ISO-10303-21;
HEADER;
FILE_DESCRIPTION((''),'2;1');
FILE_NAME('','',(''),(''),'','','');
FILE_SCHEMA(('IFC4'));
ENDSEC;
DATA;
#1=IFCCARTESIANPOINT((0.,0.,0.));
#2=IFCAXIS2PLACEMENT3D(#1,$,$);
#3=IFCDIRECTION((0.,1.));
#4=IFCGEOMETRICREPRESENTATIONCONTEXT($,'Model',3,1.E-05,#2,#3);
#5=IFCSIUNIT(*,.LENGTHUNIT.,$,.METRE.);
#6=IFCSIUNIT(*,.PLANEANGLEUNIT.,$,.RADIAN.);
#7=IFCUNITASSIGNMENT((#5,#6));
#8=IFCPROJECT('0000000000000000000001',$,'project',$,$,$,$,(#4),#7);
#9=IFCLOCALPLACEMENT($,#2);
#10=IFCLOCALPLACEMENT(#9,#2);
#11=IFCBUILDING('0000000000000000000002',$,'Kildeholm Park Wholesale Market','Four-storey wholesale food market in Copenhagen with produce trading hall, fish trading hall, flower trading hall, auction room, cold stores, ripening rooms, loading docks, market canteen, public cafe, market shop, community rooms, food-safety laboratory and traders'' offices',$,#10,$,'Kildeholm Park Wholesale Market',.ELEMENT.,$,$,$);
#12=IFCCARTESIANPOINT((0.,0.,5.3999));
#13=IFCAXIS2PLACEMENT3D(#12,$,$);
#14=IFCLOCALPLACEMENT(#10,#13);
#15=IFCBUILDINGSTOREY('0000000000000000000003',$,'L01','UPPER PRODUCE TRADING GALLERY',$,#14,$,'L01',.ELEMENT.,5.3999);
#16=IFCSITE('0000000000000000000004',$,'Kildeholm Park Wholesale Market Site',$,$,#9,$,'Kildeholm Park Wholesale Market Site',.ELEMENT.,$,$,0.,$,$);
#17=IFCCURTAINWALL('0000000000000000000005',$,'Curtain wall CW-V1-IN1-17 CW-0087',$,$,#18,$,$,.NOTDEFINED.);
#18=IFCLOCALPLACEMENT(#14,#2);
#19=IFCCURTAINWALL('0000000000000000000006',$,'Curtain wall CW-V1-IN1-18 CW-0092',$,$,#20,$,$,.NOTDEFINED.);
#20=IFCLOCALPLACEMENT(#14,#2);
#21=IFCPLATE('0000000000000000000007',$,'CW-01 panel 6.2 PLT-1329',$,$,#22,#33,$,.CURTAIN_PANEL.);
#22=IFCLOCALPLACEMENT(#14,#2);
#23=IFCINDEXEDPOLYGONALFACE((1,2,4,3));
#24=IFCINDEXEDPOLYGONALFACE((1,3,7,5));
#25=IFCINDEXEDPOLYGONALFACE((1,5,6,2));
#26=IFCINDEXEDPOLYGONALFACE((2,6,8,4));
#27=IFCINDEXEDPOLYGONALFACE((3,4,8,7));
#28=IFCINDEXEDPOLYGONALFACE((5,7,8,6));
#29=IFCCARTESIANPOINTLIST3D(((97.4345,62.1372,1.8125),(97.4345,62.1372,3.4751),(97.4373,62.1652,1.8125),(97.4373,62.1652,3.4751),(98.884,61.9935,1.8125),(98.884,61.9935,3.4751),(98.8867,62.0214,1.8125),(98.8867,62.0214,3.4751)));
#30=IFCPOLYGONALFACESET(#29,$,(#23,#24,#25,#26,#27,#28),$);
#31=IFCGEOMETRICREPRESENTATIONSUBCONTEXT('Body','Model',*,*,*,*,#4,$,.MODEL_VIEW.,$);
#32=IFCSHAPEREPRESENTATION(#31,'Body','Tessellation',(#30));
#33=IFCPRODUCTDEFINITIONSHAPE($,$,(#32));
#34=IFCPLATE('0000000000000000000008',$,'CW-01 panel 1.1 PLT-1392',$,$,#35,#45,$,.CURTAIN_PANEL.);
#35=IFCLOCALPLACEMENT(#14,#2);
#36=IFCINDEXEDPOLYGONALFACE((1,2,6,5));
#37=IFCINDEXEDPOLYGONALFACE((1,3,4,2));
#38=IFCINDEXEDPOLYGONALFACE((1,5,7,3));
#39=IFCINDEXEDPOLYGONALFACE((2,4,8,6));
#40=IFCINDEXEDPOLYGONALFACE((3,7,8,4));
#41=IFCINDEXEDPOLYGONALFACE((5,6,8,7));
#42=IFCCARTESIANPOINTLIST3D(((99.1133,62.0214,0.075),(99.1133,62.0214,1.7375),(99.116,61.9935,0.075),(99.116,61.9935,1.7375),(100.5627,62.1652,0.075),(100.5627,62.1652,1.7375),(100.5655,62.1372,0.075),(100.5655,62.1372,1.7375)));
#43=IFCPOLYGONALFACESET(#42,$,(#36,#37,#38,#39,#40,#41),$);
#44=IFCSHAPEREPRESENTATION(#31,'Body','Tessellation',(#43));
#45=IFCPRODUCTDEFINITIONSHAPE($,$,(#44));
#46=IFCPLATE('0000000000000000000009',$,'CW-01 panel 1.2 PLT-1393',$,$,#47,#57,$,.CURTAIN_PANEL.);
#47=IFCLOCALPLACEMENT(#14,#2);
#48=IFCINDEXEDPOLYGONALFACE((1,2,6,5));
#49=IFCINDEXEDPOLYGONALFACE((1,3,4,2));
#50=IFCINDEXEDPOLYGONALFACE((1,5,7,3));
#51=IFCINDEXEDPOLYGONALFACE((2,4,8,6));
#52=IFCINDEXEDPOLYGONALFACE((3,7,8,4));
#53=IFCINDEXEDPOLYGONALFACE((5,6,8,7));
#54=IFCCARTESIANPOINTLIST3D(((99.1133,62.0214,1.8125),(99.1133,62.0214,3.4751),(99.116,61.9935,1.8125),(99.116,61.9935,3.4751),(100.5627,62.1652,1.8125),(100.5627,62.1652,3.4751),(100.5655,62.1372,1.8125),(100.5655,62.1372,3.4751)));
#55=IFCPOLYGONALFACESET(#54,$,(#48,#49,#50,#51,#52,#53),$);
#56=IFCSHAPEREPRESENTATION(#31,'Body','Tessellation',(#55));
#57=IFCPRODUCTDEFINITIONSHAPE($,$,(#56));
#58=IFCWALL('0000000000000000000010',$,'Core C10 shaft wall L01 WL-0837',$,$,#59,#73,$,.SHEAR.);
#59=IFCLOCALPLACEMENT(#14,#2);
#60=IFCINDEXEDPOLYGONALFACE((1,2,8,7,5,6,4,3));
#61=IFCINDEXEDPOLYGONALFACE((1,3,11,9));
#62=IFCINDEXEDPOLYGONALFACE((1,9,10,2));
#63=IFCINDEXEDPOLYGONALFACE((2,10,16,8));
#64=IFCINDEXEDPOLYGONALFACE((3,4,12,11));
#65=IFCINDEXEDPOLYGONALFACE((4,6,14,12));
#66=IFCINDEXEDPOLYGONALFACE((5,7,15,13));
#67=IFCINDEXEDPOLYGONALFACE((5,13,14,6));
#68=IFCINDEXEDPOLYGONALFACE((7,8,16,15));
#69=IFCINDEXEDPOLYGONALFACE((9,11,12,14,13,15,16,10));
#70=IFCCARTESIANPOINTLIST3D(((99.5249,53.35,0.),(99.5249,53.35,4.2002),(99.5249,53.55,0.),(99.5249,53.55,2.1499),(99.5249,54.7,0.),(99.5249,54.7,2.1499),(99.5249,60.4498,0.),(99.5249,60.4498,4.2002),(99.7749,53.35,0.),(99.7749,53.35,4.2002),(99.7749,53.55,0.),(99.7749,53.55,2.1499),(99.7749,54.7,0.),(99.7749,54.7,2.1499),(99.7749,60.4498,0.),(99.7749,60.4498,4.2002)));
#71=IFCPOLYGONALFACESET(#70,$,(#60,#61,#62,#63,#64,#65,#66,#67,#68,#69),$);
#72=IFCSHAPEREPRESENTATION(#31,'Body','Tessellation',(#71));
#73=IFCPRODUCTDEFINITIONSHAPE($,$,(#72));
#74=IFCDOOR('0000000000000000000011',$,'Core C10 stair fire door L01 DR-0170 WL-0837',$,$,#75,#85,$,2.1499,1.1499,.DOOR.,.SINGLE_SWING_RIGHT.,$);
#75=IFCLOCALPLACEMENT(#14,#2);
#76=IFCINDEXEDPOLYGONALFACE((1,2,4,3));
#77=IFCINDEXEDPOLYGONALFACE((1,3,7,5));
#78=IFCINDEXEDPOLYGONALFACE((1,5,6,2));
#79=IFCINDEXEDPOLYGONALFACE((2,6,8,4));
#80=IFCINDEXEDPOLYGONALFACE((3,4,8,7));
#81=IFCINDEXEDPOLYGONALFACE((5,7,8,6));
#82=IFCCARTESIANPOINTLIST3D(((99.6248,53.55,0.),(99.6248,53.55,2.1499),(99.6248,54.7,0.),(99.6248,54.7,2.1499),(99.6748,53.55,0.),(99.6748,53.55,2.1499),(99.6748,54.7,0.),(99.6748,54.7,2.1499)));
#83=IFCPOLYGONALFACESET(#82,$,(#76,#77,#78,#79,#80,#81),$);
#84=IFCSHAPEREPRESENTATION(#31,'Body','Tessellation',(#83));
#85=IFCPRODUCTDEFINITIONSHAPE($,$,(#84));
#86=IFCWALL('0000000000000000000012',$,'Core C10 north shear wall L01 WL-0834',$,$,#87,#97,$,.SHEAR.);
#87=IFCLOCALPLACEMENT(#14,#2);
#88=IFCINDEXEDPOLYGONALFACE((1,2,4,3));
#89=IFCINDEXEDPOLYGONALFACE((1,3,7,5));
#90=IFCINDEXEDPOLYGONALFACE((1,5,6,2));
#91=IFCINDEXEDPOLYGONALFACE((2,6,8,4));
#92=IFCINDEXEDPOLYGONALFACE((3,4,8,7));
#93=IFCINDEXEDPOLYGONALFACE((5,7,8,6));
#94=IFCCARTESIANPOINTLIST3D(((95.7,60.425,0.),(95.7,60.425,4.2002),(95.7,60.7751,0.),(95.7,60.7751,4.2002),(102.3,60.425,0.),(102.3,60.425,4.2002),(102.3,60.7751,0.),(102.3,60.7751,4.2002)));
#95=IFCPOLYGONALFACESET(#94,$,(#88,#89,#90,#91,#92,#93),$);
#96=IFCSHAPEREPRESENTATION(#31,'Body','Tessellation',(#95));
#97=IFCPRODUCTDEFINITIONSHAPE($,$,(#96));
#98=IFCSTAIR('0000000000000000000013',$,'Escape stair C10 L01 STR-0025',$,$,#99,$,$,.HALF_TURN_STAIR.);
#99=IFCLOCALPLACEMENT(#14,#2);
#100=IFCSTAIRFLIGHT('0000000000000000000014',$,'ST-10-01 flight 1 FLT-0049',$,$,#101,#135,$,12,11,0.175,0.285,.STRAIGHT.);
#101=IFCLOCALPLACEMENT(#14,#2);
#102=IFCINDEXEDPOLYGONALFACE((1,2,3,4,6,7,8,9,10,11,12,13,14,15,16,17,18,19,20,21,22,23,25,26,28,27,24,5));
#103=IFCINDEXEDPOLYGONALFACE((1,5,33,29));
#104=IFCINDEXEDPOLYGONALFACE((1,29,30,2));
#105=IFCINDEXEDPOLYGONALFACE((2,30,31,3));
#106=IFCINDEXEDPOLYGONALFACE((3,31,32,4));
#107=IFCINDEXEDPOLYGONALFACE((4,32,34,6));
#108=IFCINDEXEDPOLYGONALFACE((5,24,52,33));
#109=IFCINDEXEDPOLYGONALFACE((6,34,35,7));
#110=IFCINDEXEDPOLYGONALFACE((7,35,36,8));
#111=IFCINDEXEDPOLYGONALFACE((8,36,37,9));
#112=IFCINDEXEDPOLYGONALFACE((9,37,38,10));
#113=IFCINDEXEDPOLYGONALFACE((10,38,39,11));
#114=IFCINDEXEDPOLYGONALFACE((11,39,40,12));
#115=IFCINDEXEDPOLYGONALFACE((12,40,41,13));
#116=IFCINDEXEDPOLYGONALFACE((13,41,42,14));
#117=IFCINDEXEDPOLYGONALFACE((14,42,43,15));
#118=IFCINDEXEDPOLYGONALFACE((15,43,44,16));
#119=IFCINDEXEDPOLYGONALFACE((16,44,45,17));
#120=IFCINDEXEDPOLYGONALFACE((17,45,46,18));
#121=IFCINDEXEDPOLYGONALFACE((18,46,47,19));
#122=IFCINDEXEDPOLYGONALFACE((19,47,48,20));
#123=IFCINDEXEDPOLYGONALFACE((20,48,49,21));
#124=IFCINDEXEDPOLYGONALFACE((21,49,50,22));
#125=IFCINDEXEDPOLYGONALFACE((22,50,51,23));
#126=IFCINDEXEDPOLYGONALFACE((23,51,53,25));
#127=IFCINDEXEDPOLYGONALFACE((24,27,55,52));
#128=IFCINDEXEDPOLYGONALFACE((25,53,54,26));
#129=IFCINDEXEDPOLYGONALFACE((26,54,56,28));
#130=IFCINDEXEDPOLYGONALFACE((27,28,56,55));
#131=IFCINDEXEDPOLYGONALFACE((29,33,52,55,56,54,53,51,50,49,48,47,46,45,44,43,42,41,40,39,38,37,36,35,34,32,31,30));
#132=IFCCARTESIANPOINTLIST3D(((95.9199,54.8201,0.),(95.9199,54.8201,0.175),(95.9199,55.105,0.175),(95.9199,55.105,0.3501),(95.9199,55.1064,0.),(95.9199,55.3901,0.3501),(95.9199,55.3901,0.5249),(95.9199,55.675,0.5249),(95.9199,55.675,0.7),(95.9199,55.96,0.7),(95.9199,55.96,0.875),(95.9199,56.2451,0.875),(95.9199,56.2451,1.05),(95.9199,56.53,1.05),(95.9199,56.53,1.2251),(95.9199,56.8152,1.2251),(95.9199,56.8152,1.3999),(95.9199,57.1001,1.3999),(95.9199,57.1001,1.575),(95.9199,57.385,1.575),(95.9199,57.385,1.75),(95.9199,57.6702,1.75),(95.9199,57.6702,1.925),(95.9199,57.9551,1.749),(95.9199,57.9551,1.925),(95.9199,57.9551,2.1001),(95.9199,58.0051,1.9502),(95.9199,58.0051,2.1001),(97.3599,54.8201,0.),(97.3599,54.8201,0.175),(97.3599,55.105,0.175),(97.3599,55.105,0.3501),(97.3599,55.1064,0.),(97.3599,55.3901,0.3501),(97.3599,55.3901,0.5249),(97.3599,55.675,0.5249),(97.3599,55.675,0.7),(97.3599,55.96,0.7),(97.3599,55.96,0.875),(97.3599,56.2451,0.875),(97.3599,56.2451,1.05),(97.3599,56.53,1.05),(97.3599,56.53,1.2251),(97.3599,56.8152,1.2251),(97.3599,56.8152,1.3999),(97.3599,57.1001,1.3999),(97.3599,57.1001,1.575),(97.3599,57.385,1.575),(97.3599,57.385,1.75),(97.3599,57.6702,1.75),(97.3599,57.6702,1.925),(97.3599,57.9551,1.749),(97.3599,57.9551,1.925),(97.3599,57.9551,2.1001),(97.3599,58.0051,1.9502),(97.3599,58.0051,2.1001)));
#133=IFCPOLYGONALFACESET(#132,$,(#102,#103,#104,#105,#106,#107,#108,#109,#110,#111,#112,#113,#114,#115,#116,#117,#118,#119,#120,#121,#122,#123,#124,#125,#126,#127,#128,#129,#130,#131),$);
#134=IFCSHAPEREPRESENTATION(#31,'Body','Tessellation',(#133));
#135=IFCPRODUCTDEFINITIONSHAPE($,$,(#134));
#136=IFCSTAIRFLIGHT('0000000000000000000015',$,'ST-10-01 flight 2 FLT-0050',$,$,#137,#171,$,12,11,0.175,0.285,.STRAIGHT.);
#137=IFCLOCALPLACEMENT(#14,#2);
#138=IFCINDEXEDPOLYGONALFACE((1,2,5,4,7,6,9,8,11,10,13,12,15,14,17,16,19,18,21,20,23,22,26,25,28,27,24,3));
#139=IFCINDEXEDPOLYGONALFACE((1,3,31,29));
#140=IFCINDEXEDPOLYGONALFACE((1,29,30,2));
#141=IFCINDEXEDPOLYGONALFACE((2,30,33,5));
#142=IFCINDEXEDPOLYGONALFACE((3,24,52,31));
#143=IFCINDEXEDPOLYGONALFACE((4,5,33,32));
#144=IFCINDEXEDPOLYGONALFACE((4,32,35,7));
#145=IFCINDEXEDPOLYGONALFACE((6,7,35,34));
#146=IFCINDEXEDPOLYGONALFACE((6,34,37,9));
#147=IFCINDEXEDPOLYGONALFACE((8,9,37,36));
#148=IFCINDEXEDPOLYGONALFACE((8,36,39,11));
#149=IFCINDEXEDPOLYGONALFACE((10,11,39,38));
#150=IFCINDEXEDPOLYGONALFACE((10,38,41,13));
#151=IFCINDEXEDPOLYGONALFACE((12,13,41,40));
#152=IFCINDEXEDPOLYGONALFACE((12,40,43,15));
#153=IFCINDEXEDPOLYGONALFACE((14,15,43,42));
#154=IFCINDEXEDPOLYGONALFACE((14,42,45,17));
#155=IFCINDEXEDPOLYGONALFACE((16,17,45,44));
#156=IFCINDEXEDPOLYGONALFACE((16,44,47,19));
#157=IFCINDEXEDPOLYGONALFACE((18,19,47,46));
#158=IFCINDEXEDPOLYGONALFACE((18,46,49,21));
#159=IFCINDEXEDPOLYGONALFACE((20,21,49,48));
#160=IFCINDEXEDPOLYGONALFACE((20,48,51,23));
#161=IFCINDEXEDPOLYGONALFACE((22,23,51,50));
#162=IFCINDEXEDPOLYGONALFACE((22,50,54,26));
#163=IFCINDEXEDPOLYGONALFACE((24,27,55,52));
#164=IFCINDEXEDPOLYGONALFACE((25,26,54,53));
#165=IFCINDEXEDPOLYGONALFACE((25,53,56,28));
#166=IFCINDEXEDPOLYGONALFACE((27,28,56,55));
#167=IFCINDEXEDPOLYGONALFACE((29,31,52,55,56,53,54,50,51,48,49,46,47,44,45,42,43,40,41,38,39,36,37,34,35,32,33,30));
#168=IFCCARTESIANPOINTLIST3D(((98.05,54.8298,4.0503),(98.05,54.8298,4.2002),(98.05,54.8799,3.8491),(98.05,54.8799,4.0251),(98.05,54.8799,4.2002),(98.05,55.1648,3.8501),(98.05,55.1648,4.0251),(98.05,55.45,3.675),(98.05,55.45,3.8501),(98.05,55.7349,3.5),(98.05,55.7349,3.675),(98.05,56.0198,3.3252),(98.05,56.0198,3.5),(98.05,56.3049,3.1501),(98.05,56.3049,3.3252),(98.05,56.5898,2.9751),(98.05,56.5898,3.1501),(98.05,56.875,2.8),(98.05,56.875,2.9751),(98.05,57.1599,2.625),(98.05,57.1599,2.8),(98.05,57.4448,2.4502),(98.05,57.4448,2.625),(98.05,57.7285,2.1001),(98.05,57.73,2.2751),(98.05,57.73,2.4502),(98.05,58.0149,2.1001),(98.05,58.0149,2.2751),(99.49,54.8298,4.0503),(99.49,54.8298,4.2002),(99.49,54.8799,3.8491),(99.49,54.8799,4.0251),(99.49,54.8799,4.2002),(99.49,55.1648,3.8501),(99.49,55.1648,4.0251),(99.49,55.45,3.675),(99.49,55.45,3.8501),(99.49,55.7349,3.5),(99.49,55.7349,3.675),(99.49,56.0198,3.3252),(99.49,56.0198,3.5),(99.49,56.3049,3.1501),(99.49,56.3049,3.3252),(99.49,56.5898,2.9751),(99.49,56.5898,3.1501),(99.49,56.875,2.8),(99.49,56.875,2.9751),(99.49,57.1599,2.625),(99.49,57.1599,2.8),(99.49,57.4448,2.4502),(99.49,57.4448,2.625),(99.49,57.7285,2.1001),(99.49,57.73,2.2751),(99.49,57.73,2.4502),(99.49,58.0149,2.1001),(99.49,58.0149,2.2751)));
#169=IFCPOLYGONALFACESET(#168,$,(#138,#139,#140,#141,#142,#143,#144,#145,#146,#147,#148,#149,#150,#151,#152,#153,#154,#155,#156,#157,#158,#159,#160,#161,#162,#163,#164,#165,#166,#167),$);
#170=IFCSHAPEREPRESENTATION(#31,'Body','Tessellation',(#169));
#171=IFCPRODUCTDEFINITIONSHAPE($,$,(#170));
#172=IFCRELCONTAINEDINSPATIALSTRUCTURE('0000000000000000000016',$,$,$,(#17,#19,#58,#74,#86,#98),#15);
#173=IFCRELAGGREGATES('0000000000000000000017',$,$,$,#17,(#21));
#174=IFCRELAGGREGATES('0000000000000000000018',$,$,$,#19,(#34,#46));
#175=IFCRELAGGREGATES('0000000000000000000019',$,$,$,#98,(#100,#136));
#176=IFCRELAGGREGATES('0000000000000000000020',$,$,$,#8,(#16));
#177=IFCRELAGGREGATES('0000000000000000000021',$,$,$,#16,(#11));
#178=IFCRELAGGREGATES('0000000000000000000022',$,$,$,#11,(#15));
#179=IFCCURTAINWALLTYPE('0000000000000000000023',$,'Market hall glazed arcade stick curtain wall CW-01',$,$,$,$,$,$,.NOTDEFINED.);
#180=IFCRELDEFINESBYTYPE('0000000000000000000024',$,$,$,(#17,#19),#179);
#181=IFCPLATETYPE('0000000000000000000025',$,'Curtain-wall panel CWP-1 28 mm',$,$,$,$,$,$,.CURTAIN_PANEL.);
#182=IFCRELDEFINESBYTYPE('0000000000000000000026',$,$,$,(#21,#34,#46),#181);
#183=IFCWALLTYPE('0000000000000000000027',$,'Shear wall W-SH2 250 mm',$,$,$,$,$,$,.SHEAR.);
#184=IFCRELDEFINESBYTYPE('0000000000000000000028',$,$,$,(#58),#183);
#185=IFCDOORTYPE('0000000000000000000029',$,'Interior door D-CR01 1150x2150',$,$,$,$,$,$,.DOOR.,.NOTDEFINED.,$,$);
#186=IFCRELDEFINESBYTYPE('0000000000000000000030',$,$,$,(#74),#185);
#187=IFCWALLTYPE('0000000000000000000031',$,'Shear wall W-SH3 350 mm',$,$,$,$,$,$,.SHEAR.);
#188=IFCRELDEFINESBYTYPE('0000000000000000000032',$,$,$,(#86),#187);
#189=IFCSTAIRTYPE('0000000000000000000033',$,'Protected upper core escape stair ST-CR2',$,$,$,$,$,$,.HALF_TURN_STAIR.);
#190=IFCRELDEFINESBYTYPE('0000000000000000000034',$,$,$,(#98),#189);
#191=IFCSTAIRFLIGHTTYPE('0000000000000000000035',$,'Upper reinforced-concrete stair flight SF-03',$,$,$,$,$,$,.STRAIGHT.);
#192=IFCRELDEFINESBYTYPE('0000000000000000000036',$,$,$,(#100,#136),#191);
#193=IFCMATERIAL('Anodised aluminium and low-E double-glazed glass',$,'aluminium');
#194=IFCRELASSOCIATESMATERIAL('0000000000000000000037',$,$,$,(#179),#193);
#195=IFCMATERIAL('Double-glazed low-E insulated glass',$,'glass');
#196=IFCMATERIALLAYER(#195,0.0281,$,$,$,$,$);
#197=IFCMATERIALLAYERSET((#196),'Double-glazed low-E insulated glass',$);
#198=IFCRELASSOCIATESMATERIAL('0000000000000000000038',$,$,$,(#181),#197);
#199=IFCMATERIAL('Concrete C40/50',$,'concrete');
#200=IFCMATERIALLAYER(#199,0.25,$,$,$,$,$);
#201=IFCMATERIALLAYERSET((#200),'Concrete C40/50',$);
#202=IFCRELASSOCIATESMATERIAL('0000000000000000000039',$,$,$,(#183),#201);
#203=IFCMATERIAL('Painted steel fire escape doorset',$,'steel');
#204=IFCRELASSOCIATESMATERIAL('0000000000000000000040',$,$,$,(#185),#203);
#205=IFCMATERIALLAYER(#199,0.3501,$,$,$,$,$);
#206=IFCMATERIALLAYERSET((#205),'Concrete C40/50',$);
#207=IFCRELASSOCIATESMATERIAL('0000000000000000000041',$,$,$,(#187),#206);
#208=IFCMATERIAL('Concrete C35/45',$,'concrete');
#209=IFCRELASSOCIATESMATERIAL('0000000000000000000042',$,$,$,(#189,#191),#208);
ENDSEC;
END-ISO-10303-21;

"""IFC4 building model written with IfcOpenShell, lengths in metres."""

from ifc_helpers import new_model, si_unit, direction, frame, frame_2d, origin, origin_2d, place, context, subcontext, project, spatial, polyline, rectangle, outline, extrude, material, layer, layer_set, type_object, element, fill, aggregate, save


model = new_model("IFC4")

# Units and contexts
model_context = context("Model", 3, precision=1e-05, world=origin(), true_north=direction((0.0, 1.0)))
body_context = subcontext(model_context, "Body", "Model", "MODEL_VIEW")
ifc_project = project(units=[si_unit("LENGTHUNIT", "METRE"), si_unit("PLANEANGLEUNIT", "RADIAN")], contexts=[model_context])

# Site, building, storey
site_placement = place(None, origin())
site = spatial("IfcSite", under=ifc_project, at=site_placement, Name="Kildeholm Park Wholesale Market Site", LongName="Kildeholm Park Wholesale Market Site", CompositionType="ELEMENT", RefElevation=0.0)
building_placement = place(site_placement, origin())
building = spatial("IfcBuilding", under=site, at=building_placement, Name="Kildeholm Park Wholesale Market", Description="Four-storey wholesale food market in Copenhagen with produce trading hall, fish trading hall, flower trading hall, auction room, cold stores, ripening rooms, loading docks, market canteen, public cafe, market shop, community rooms, food-safety laboratory and traders' offices", LongName="Kildeholm Park Wholesale Market", CompositionType="ELEMENT")
storey_placement = place(building_placement, frame((0.0, 0.0, 5.3999)))
storey = spatial("IfcBuildingStorey", under=building, at=storey_placement, Name="L01", Description="UPPER PRODUCE TRADING GALLERY", LongName="L01", CompositionType="ELEMENT", Elevation=5.3999)

# Curtain wall
ifc_material_1 = material(Name="Anodised aluminium and low-E double-glazed glass", Category="aluminium")
curtain_wall_type = type_object("IfcCurtainWallType", Name="Market hall glazed arcade stick curtain wall CW-01", PredefinedType="NOTDEFINED", material=ifc_material_1)
curtain_wall_1_placement = place(storey_placement, origin())
curtain_wall_1 = element("IfcCurtainWall", 1, at=curtain_wall_1_placement, inside=storey, type_object=curtain_wall_type, Name="Curtain wall CW-V1-IN1-17 CW-0087", PredefinedType="NOTDEFINED")

# Curtain wall
curtain_wall_2_placement = place(storey_placement, origin())
curtain_wall_2 = element("IfcCurtainWall", 2, at=curtain_wall_2_placement, inside=storey, type_object=curtain_wall_type, Name="Curtain wall CW-V1-IN1-18 CW-0092", PredefinedType="NOTDEFINED")

# Plates
ifc_material_2 = material(Name="Double-glazed low-E insulated glass", Category="glass")
ifc_layer_1 = layer(ifc_material_2, 0.0281)
ifc_layer_set_1 = layer_set([ifc_layer_1], Name="Double-glazed low-E insulated glass")
plate_type = type_object("IfcPlateType", Name="Curtain-wall panel CWP-1 28 mm", PredefinedType="CURTAIN_PANEL", material=ifc_layer_set_1)
plate_1_placement = place(storey_placement, frame((98.1606, 62.0793, 1.8125), z_axis=(0.0, 0.0, 1.0), x_axis=(0.995119, -0.098683, 0.0)))
plate_1 = element("IfcPlate", 3, at=plate_1_placement, type_object=plate_type, Name="CW-01 panel 6.2 PLT-1329", PredefinedType="CURTAIN_PANEL", context=body_context, shape_type="SweptSolid", body=[
    extrude(rectangle(XDim=1.4565, YDim=0.0281, at=origin_2d()), origin(), (0.0, 0.0, 1.0), 1.6626),
])
aggregate(curtain_wall_1, [plate_1])
plate_2_placement = place(storey_placement, frame((99.8394, 62.0793, 0.075), z_axis=(0.0, 0.0, 1.0), x_axis=(0.995119, 0.098683, 0.0)))
plate_2 = element("IfcPlate", 4, at=plate_2_placement, type_object=plate_type, Name="CW-01 panel 1.1 PLT-1392", PredefinedType="CURTAIN_PANEL", context=body_context, shape_type="SweptSolid", body=[
    extrude(rectangle(XDim=1.4565, YDim=0.0281, at=origin_2d()), origin(), (0.0, 0.0, 1.0), 1.6626),
])
plate_3_placement = place(storey_placement, frame((99.8394, 62.0793, 1.8125), z_axis=(0.0, 0.0, 1.0), x_axis=(0.995119, 0.098683, 0.0)))
plate_3 = element("IfcPlate", 5, at=plate_3_placement, type_object=plate_type, Name="CW-01 panel 1.2 PLT-1393", PredefinedType="CURTAIN_PANEL", context=body_context, shape_type="SweptSolid", body=[
    extrude(rectangle(XDim=1.4565, YDim=0.0281, at=origin_2d()), origin(), (0.0, 0.0, 1.0), 1.6626),
])
aggregate(curtain_wall_2, [plate_2, plate_3])

# Wall, opening, door
ifc_material_3 = material(Name="Concrete C40/50", Category="concrete")
ifc_layer_2 = layer(ifc_material_3, 0.25)
ifc_layer_set_2 = layer_set([ifc_layer_2], Name="Concrete C40/50")
wall_type_1 = type_object("IfcWallType", Name="Shear wall W-SH2 250 mm", PredefinedType="SHEAR", material=ifc_layer_set_2)
wall_1_placement = place(storey_placement, frame((99.6499, 53.3501, 0.0), z_axis=(0.0, 0.0, 1.0), x_axis=(0.0, 1.0, 0.0)))
wall_1 = element("IfcWall", 6, at=wall_1_placement, inside=storey, type_object=wall_type_1, Name="Core C10 shaft wall L01 WL-0837", PredefinedType="SHEAR", context=body_context, shape_type="SweptSolid", body=[
    extrude(rectangle(XDim=7.0999, YDim=0.25, at=frame_2d((3.5498, 0.0))), origin(), (0.0, 0.0, 1.0), 4.2002),
])
opening_1_placement = place(wall_1_placement, frame((0.2, 0.0, 0.0)))
opening_1 = element("IfcOpeningElement", 7, at=opening_1_placement, cuts=wall_1, PredefinedType="OPENING", context=body_context, shape_type="SweptSolid", body=[
    extrude(rectangle(XDim=1.1499, YDim=2.1499, at=frame_2d((0.575, 1.075))), frame((0.0, 0.135, 0.0), z_axis=(0.0, -1.0, 0.0), x_axis=(1.0, 0.0, 0.0)), (0.0, 0.0, 1.0), 0.27),
])
ifc_material_4 = material(Name="Painted steel fire escape doorset", Category="steel")
door_type_1 = type_object("IfcDoorType", Name="Interior door D-CR01 1150x2150", OperationType="NOTDEFINED", PredefinedType="DOOR", material=ifc_material_4)
door_1_placement = place(opening_1_placement, frame((1.1499, 0.0, 0.0), z_axis=(0.0, 0.0, 1.0), x_axis=(-1.0, 0.0, 0.0)))
door_1 = element("IfcDoor", 8, at=door_1_placement, inside=storey, type_object=door_type_1, Name="Core C10 stair fire door L01 DR-0170 WL-0837", OperationType="SINGLE_SWING_RIGHT", OverallHeight=2.1499, OverallWidth=1.1499, PredefinedType="DOOR", context=body_context, shape_type="SweptSolid", body=[
    extrude(rectangle(XDim=1.1499, YDim=2.1499, at=frame_2d((0.575, 1.075))), frame((0.0, 0.0249, 0.0), z_axis=(0.0, -1.0, 0.0), x_axis=(1.0, 0.0, 0.0)), (0.0, 0.0, 1.0), 0.05),
])
fill(opening_1, door_1)

# Wall
ifc_layer_3 = layer(ifc_material_3, 0.3501)
ifc_layer_set_3 = layer_set([ifc_layer_3], Name="Concrete C40/50")
wall_type_2 = type_object("IfcWallType", Name="Shear wall W-SH3 350 mm", PredefinedType="SHEAR", material=ifc_layer_set_3)
wall_2_placement = place(storey_placement, frame((95.7, 60.6001, 0.0), z_axis=(0.0, 0.0, 1.0), x_axis=(1.0, 0.0, 0.0)))
element("IfcWall", 9, at=wall_2_placement, inside=storey, type_object=wall_type_2, Name="Core C10 north shear wall L01 WL-0834", PredefinedType="SHEAR", context=body_context, shape_type="SweptSolid", body=[
    extrude(rectangle(XDim=6.6001, YDim=0.3501, at=frame_2d((3.3, 0.0))), origin(), (0.0, 0.0, 1.0), 4.2002),
])

# Stair, stair flights
ifc_material_5 = material(Name="Concrete C35/45", Category="concrete")
stair_type = type_object("IfcStairType", Name="Protected upper core escape stair ST-CR2", PredefinedType="HALF_TURN_STAIR", material=ifc_material_5)
stair_placement = place(storey_placement, origin())
stair = element("IfcStair", 10, at=stair_placement, inside=storey, type_object=stair_type, Name="Escape stair C10 L01 STR-0025", PredefinedType="HALF_TURN_STAIR")
stair_flight_type = type_object("IfcStairFlightType", Name="Upper reinforced-concrete stair flight SF-03", PredefinedType="STRAIGHT", material=ifc_material_5)
stair_flight_1_placement = place(storey_placement, frame((96.6399, 54.8201, 0.0), z_axis=(0.0, 0.0, 1.0), x_axis=(0.0, 1.0, 0.0)))
stair_flight_1 = element("IfcStairFlight", 11, at=stair_flight_1_placement, type_object=stair_flight_type, Name="ST-10-01 flight 1 FLT-0049", NumberOfRisers=12, NumberOfTreads=11, PredefinedType="STRAIGHT", RiserHeight=0.175, TreadLength=0.285, context=body_context, shape_type="SweptSolid", body=[
    extrude(outline(polyline([(0.0, 0.0), (0.0, 0.175), (0.2849, 0.175), (0.2849, 0.3501), (0.5701, 0.3501), (0.5701, 0.5249), (0.855, 0.5249), (0.855, 0.7), (1.1399, 0.7), (1.1399, 0.875), (1.425, 0.875), (1.425, 1.05), (1.71, 1.05), (1.71, 1.2251), (1.9951, 1.2251), (1.9951, 1.3999), (2.28, 1.3999), (2.28, 1.575), (2.5649, 1.575), (2.5649, 1.75), (2.8501, 1.75), (2.8501, 1.925), (3.135, 1.925), (3.135, 2.1001), (3.1851, 2.1001), (3.1851, 1.9502), (3.135, 1.749), (0.2864, 0.0), (0.0, 0.0)])), frame((0.0, 0.72, 0.0), z_axis=(0.0, -1.0, 0.0), x_axis=(1.0, 0.0, 0.0)), (0.0, 0.0, 1.0), 1.4399),
])
stair_flight_2_placement = place(storey_placement, frame((98.77, 58.0149, 2.1001), z_axis=(0.0, 0.0, 1.0), x_axis=(0.0, -1.0, 0.0)))
stair_flight_2 = element("IfcStairFlight", 12, at=stair_flight_2_placement, type_object=stair_flight_type, Name="ST-10-01 flight 2 FLT-0050", NumberOfRisers=12, NumberOfTreads=11, PredefinedType="STRAIGHT", RiserHeight=0.175, TreadLength=0.285, context=body_context, shape_type="SweptSolid", body=[
    extrude(outline(polyline([(0.0, 0.0), (0.0, 0.175), (0.2849, 0.175), (0.2849, 0.3501), (0.5701, 0.3501), (0.5701, 0.5249), (0.855, 0.5249), (0.855, 0.7), (1.1399, 0.7), (1.1399, 0.875), (1.425, 0.875), (1.425, 1.05), (1.71, 1.05), (1.71, 1.2251), (1.9951, 1.2251), (1.9951, 1.3999), (2.28, 1.3999), (2.28, 1.575), (2.5649, 1.575), (2.5649, 1.75), (2.8501, 1.75), (2.8501, 1.925), (3.135, 1.925), (3.135, 2.1001), (3.1851, 2.1001), (3.1851, 1.9502), (3.135, 1.749), (0.2864, 0.0), (0.0, 0.0)])), frame((0.0, 0.72, 0.0), z_axis=(0.0, -1.0, 0.0), x_axis=(1.0, 0.0, 0.0)), (0.0, 0.0, 1.0), 1.4399),
])
aggregate(stair, [stair_flight_1, stair_flight_2])

save(model, "model.ifc")
